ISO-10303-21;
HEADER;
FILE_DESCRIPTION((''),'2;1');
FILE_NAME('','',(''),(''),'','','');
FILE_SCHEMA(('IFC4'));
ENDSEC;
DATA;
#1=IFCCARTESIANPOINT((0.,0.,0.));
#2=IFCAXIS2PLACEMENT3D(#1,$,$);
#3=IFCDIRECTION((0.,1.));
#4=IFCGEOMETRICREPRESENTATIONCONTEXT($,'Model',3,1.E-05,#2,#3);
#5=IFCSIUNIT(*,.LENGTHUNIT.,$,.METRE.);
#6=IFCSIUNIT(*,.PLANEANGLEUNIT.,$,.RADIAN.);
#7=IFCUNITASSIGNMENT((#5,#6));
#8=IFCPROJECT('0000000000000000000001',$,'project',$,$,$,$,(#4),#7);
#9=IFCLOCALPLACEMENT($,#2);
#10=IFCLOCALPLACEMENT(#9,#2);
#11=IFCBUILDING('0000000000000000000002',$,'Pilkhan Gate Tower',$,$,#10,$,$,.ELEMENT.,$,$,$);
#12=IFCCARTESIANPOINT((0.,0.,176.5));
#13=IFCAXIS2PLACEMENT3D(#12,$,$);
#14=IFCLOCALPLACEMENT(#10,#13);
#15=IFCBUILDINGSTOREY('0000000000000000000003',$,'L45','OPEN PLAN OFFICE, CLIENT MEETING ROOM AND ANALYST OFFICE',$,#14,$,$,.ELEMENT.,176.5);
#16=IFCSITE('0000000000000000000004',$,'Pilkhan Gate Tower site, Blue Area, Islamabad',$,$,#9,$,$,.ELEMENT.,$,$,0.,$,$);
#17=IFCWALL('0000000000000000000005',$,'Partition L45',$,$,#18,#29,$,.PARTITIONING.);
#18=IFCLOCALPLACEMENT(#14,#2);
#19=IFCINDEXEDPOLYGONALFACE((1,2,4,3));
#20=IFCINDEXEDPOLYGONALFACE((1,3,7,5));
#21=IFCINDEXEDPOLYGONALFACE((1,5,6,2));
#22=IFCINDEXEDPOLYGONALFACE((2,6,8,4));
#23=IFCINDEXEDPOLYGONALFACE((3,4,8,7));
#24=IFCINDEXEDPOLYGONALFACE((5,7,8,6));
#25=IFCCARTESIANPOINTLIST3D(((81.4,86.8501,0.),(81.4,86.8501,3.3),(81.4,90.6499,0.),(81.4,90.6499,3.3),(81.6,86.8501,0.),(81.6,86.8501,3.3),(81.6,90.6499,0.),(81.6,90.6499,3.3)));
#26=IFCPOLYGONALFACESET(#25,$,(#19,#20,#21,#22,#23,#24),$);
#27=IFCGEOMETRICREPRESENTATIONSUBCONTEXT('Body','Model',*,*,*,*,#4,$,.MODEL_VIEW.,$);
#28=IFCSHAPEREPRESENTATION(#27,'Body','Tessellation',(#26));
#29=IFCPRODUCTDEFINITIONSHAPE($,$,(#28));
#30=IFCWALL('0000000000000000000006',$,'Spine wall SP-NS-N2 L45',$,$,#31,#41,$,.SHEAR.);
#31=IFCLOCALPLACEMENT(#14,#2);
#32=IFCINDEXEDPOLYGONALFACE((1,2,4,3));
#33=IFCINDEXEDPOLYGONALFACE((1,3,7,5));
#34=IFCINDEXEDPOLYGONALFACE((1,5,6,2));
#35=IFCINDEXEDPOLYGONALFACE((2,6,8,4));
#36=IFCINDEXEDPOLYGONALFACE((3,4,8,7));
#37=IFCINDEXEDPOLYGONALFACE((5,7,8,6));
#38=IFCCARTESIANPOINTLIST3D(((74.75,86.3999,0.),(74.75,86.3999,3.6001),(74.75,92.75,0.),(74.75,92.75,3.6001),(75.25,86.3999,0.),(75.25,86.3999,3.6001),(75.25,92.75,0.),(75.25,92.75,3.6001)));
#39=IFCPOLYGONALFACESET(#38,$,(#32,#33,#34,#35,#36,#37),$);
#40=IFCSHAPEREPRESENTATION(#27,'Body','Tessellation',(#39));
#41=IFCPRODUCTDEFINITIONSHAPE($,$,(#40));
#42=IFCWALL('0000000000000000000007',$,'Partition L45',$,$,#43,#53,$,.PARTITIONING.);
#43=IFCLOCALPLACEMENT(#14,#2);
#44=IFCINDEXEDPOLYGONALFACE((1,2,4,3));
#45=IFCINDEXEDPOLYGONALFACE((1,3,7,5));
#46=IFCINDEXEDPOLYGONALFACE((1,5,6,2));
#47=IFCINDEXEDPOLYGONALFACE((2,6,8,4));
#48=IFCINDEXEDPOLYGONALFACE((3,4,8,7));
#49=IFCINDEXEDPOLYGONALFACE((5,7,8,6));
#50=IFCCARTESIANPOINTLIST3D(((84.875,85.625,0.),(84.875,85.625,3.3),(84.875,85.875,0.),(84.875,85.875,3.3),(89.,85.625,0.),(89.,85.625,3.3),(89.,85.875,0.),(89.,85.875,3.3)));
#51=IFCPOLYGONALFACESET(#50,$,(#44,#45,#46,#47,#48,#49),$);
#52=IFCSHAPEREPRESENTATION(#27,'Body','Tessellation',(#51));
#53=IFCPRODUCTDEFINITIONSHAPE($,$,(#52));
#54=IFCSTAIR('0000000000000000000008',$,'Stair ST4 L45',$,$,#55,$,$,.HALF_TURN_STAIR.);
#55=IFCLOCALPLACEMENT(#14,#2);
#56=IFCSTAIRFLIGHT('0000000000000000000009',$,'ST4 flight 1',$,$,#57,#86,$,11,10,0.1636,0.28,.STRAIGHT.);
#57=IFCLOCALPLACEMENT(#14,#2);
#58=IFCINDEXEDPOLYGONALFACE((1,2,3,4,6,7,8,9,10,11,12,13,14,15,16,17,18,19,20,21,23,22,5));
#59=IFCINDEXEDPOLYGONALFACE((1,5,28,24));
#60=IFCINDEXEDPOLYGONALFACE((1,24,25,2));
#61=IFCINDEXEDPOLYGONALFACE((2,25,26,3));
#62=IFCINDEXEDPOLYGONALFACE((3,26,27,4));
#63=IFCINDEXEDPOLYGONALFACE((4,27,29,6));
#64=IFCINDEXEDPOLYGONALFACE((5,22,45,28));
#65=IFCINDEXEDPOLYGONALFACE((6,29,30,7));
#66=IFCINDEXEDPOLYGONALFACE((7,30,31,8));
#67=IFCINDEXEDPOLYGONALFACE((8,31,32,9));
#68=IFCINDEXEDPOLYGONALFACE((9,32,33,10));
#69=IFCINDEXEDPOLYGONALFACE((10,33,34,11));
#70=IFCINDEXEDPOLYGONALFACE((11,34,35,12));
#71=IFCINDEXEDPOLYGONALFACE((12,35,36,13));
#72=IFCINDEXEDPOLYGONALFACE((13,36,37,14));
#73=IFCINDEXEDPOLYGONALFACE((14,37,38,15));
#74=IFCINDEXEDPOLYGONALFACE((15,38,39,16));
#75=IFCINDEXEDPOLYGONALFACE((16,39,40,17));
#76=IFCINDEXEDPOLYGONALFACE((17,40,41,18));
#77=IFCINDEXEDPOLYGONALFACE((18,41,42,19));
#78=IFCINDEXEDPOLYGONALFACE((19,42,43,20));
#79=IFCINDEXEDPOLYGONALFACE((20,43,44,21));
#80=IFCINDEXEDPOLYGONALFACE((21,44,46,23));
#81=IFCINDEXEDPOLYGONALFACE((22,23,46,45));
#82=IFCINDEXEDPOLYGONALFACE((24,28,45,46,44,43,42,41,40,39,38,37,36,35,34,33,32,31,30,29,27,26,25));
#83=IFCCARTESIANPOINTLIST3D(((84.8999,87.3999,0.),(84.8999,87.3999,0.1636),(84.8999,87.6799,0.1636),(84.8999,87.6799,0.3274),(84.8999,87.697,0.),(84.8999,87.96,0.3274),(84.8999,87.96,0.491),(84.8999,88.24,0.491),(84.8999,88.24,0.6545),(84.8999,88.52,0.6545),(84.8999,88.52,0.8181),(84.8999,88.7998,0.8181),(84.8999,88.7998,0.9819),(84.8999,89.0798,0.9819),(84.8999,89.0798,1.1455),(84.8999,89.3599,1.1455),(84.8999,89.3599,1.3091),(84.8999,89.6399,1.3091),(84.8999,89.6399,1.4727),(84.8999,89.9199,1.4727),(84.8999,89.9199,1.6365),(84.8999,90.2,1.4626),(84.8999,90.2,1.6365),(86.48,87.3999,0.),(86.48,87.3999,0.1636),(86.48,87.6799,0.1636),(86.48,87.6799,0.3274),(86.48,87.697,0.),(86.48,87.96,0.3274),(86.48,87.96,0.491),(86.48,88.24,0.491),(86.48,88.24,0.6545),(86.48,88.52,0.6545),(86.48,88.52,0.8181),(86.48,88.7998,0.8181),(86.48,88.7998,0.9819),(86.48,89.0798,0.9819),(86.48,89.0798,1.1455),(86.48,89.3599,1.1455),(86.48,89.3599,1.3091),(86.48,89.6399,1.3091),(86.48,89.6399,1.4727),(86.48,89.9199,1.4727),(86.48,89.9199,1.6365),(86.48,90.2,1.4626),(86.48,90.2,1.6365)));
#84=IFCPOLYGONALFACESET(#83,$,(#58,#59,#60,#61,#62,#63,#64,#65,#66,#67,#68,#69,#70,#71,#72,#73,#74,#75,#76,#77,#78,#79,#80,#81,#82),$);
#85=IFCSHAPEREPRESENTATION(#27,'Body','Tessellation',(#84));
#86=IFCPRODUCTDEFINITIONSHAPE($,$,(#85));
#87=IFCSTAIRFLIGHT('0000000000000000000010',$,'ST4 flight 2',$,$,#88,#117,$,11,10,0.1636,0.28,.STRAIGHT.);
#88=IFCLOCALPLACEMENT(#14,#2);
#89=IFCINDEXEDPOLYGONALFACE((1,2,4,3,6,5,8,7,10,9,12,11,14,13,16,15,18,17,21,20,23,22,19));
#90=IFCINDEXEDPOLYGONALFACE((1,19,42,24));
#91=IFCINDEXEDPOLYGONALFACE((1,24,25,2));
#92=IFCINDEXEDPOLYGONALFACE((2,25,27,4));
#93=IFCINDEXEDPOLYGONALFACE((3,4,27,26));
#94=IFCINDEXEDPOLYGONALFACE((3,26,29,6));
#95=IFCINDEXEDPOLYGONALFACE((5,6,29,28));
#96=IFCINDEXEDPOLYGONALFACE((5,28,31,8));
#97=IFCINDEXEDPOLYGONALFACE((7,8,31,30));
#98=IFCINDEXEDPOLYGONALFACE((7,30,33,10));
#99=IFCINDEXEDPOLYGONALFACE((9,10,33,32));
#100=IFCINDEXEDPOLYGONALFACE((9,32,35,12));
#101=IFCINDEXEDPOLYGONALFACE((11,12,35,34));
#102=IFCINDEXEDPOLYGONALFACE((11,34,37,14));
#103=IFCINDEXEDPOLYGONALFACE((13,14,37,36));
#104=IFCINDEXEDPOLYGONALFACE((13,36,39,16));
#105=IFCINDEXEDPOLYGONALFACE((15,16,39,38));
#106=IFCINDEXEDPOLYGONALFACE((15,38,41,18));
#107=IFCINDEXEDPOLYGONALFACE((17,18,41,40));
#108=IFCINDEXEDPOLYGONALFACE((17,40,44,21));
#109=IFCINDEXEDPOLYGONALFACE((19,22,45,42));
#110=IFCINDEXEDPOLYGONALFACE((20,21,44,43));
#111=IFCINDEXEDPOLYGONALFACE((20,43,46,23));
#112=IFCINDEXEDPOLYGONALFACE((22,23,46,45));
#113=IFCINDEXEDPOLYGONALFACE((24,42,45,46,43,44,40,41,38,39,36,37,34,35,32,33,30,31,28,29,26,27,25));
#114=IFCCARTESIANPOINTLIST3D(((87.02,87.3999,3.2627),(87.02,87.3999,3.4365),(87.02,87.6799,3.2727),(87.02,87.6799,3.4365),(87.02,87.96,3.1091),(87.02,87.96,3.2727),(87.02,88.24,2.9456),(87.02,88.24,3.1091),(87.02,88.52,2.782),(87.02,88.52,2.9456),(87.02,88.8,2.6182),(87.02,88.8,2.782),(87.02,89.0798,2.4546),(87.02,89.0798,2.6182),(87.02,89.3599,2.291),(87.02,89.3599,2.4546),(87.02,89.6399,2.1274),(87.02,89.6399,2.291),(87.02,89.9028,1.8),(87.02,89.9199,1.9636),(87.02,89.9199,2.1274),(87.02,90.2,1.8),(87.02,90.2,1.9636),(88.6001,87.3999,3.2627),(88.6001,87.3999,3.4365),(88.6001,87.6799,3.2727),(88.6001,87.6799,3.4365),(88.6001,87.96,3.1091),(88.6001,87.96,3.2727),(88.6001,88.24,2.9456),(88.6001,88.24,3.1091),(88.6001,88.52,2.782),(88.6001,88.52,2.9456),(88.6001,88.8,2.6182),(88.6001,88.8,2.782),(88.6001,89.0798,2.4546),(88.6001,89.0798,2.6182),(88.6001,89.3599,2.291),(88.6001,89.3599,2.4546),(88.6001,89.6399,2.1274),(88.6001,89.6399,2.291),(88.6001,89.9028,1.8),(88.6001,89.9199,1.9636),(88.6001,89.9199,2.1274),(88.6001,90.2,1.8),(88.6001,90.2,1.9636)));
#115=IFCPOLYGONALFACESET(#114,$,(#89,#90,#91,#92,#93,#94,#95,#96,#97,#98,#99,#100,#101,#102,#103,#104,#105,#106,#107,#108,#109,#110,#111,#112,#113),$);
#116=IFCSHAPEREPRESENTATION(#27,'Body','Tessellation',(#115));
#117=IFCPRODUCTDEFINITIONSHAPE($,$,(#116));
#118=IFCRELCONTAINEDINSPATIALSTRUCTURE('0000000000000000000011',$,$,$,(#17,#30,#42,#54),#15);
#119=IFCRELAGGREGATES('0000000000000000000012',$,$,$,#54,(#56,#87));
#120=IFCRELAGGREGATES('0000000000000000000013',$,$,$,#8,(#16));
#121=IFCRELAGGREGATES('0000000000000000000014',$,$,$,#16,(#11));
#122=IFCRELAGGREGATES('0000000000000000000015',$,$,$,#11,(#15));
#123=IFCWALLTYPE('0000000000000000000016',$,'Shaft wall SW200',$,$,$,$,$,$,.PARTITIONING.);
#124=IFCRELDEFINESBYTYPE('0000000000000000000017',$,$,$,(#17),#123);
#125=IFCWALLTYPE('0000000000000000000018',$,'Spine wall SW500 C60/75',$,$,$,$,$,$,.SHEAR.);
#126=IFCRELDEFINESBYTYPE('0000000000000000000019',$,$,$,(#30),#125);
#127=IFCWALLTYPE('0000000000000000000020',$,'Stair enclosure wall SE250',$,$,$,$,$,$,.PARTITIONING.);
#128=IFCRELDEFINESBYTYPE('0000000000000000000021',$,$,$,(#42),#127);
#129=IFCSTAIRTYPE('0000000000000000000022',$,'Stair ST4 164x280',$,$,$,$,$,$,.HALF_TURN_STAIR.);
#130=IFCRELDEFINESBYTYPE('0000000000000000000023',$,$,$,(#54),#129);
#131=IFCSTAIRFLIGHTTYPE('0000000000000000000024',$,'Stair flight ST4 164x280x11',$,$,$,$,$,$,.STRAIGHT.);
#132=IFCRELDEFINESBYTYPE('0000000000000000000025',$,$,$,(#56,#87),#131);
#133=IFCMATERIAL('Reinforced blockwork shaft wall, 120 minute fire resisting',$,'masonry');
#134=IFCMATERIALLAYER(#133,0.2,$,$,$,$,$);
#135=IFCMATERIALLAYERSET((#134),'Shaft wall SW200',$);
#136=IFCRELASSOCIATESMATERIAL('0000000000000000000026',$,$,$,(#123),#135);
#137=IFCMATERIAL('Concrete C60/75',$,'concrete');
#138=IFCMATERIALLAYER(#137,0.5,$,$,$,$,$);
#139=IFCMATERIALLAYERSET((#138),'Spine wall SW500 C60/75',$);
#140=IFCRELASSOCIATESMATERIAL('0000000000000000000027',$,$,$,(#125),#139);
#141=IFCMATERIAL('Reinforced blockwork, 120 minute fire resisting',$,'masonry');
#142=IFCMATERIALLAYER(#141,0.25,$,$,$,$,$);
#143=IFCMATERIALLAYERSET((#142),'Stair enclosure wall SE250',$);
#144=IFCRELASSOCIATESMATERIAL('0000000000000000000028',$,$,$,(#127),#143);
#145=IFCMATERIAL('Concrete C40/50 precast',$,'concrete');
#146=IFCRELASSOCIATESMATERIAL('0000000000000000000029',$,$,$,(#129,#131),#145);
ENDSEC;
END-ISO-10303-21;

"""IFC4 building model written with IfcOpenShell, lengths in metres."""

from ifc_helpers import new_model, si_unit, direction, frame, frame_2d, origin, place, context, subcontext, project, spatial, polyline, rectangle, outline, extrude, material, layer, layer_set, type_object, element, aggregate, save


model = new_model("IFC4")

# Units and contexts
model_context = context("Model", 3, precision=1e-05, world=origin(), true_north=direction((0.0, 1.0)))
body_context = subcontext(model_context, "Body", "Model", "MODEL_VIEW")
ifc_project = project(units=[si_unit("LENGTHUNIT", "METRE"), si_unit("PLANEANGLEUNIT", "RADIAN")], contexts=[model_context])

# Site, building, storey
site_placement = place(None, origin())
site = spatial("IfcSite", under=ifc_project, at=site_placement, Name="Pilkhan Gate Tower site, Blue Area, Islamabad", CompositionType="ELEMENT", RefElevation=0.0)
building_placement = place(site_placement, origin())
building = spatial("IfcBuilding", under=site, at=building_placement, Name="Pilkhan Gate Tower", CompositionType="ELEMENT")
storey_placement = place(building_placement, frame((0.0, 0.0, 176.5)))
storey = spatial("IfcBuildingStorey", under=building, at=storey_placement, Name="L45", Description="OPEN PLAN OFFICE, CLIENT MEETING ROOM AND ANALYST OFFICE", CompositionType="ELEMENT", Elevation=176.5)

# Shared definitions
ifc_material_1 = material(Name="Reinforced blockwork shaft wall, 120 minute fire resisting", Category="masonry")
ifc_layer_1 = layer(ifc_material_1, 0.2)
ifc_layer_set_1 = layer_set([ifc_layer_1], Name="Shaft wall SW200")
wall_type_1 = type_object("IfcWallType", Name="Shaft wall SW200", PredefinedType="PARTITIONING", material=ifc_layer_set_1)

# Walls
for number, where, z_axis, x_axis, name in (
    (1, (81.5, 86.8501, 0.0), (0.0, 0.0, 1.0), (0.0, 1.0, 0.0), "Partition L45"),
):
    element("IfcWall", number, at=place(storey_placement, frame(where, z_axis=z_axis, x_axis=x_axis)), inside=storey, type_object=wall_type_1, Name=name, PredefinedType="PARTITIONING", context=body_context, shape_type="SweptSolid", body=[
        extrude(rectangle(XDim=3.7998, YDim=0.2, at=frame_2d((1.8999, 0.0))), origin(), (0.0, 0.0, 1.0), 3.3),
    ])
ifc_material_2 = material(Name="Concrete C60/75", Category="concrete")
ifc_layer_2 = layer(ifc_material_2, 0.5)
ifc_layer_set_2 = layer_set([ifc_layer_2], Name="Spine wall SW500 C60/75")
wall_type_2 = type_object("IfcWallType", Name="Spine wall SW500 C60/75", PredefinedType="SHEAR", material=ifc_layer_set_2)
wall_1_placement = place(storey_placement, frame((75.0, 86.3999, 0.0), z_axis=(0.0, 0.0, 1.0), x_axis=(0.0, 1.0, 0.0)))
element("IfcWall", 2, at=wall_1_placement, inside=storey, type_object=wall_type_2, Name="Spine wall SP-NS-N2 L45", PredefinedType="SHEAR", context=body_context, shape_type="SweptSolid", body=[
    extrude(rectangle(XDim=6.3501, YDim=0.5, at=frame_2d((3.175, 0.0))), origin(), (0.0, 0.0, 1.0), 3.6001),
])
ifc_material_3 = material(Name="Reinforced blockwork, 120 minute fire resisting", Category="masonry")
ifc_layer_3 = layer(ifc_material_3, 0.25)
ifc_layer_set_3 = layer_set([ifc_layer_3], Name="Stair enclosure wall SE250")
wall_type_3 = type_object("IfcWallType", Name="Stair enclosure wall SE250", PredefinedType="PARTITIONING", material=ifc_layer_set_3)
wall_2_placement = place(storey_placement, frame((84.875, 85.75, 0.0), z_axis=(0.0, 0.0, 1.0), x_axis=(1.0, 0.0, 0.0)))
element("IfcWall", 3, at=wall_2_placement, inside=storey, type_object=wall_type_3, Name="Partition L45", PredefinedType="PARTITIONING", context=body_context, shape_type="SweptSolid", body=[
    extrude(rectangle(XDim=4.125, YDim=0.25, at=frame_2d((2.0625, 0.0))), origin(), (0.0, 0.0, 1.0), 3.3),
])

# Stair, stair flights
ifc_material_4 = material(Name="Concrete C40/50 precast", Category="concrete")
stair_type = type_object("IfcStairType", Name="Stair ST4 164x280", PredefinedType="HALF_TURN_STAIR", material=ifc_material_4)
stair_placement = place(storey_placement, origin())
stair = element("IfcStair", 4, at=stair_placement, inside=storey, type_object=stair_type, Name="Stair ST4 L45", PredefinedType="HALF_TURN_STAIR")
stair_flight_type = type_object("IfcStairFlightType", Name="Stair flight ST4 164x280x11", PredefinedType="STRAIGHT", material=ifc_material_4)
stair_flight_1_placement = place(storey_placement, frame((85.6899, 87.3999, 0.0), z_axis=(0.0, 0.0, 1.0), x_axis=(0.0, 1.0, 0.0)))
stair_flight_1 = element("IfcStairFlight", 5, at=stair_flight_1_placement, type_object=stair_flight_type, Name="ST4 flight 1", NumberOfRisers=11, NumberOfTreads=10, PredefinedType="STRAIGHT", RiserHeight=0.1636, TreadLength=0.28, context=body_context, shape_type="SweptSolid", body=[
    extrude(outline(polyline([(0.0, 0.0), (0.0, 0.1636), (0.28, 0.1636), (0.28, 0.3274), (0.5601, 0.3274), (0.5601, 0.491), (0.8401, 0.491), (0.8401, 0.6545), (1.1201, 0.6545), (1.1201, 0.8181), (1.3999, 0.8181), (1.3999, 0.9819), (1.6799, 0.9819), (1.6799, 1.1455), (1.96, 1.1455), (1.96, 1.3091), (2.24, 1.3091), (2.24, 1.4727), (2.52, 1.4727), (2.52, 1.6365), (2.8, 1.6365), (2.8, 1.8), (2.8, 1.4626), (0.2971, 0.0), (0.0, 0.0)])), frame((0.0, 0.79, 0.0), z_axis=(0.0, -1.0, 0.0), x_axis=(1.0, 0.0, 0.0)), (0.0, 0.0, 1.0), 1.5801),
])
stair_flight_2_placement = place(storey_placement, frame((87.8101, 90.2, 1.8), z_axis=(0.0, 0.0, 1.0), x_axis=(0.0, -1.0, 0.0)))
stair_flight_2 = element("IfcStairFlight", 6, at=stair_flight_2_placement, type_object=stair_flight_type, Name="ST4 flight 2", NumberOfRisers=11, NumberOfTreads=10, PredefinedType="STRAIGHT", RiserHeight=0.1636, TreadLength=0.28, context=body_context, shape_type="SweptSolid", body=[
    extrude(outline(polyline([(0.0, 0.0), (0.0, 0.1636), (0.28, 0.1636), (0.28, 0.3274), (0.5601, 0.3274), (0.5601, 0.491), (0.8401, 0.491), (0.8401, 0.6545), (1.1201, 0.6545), (1.1201, 0.8181), (1.3999, 0.8181), (1.3999, 0.9819), (1.6799, 0.9819), (1.6799, 1.1455), (1.96, 1.1455), (1.96, 1.3091), (2.24, 1.3091), (2.24, 1.4727), (2.52, 1.4727), (2.52, 1.6365), (2.8, 1.6365), (2.8, 1.8), (2.8, 1.4626), (0.2971, 0.0), (0.0, 0.0)])), frame((0.0, 0.79, 0.0), z_axis=(0.0, -1.0, 0.0), x_axis=(1.0, 0.0, 0.0)), (0.0, 0.0, 1.0), 1.5801),
])
aggregate(stair, [stair_flight_1, stair_flight_2])

save(model, "model.ifc")
